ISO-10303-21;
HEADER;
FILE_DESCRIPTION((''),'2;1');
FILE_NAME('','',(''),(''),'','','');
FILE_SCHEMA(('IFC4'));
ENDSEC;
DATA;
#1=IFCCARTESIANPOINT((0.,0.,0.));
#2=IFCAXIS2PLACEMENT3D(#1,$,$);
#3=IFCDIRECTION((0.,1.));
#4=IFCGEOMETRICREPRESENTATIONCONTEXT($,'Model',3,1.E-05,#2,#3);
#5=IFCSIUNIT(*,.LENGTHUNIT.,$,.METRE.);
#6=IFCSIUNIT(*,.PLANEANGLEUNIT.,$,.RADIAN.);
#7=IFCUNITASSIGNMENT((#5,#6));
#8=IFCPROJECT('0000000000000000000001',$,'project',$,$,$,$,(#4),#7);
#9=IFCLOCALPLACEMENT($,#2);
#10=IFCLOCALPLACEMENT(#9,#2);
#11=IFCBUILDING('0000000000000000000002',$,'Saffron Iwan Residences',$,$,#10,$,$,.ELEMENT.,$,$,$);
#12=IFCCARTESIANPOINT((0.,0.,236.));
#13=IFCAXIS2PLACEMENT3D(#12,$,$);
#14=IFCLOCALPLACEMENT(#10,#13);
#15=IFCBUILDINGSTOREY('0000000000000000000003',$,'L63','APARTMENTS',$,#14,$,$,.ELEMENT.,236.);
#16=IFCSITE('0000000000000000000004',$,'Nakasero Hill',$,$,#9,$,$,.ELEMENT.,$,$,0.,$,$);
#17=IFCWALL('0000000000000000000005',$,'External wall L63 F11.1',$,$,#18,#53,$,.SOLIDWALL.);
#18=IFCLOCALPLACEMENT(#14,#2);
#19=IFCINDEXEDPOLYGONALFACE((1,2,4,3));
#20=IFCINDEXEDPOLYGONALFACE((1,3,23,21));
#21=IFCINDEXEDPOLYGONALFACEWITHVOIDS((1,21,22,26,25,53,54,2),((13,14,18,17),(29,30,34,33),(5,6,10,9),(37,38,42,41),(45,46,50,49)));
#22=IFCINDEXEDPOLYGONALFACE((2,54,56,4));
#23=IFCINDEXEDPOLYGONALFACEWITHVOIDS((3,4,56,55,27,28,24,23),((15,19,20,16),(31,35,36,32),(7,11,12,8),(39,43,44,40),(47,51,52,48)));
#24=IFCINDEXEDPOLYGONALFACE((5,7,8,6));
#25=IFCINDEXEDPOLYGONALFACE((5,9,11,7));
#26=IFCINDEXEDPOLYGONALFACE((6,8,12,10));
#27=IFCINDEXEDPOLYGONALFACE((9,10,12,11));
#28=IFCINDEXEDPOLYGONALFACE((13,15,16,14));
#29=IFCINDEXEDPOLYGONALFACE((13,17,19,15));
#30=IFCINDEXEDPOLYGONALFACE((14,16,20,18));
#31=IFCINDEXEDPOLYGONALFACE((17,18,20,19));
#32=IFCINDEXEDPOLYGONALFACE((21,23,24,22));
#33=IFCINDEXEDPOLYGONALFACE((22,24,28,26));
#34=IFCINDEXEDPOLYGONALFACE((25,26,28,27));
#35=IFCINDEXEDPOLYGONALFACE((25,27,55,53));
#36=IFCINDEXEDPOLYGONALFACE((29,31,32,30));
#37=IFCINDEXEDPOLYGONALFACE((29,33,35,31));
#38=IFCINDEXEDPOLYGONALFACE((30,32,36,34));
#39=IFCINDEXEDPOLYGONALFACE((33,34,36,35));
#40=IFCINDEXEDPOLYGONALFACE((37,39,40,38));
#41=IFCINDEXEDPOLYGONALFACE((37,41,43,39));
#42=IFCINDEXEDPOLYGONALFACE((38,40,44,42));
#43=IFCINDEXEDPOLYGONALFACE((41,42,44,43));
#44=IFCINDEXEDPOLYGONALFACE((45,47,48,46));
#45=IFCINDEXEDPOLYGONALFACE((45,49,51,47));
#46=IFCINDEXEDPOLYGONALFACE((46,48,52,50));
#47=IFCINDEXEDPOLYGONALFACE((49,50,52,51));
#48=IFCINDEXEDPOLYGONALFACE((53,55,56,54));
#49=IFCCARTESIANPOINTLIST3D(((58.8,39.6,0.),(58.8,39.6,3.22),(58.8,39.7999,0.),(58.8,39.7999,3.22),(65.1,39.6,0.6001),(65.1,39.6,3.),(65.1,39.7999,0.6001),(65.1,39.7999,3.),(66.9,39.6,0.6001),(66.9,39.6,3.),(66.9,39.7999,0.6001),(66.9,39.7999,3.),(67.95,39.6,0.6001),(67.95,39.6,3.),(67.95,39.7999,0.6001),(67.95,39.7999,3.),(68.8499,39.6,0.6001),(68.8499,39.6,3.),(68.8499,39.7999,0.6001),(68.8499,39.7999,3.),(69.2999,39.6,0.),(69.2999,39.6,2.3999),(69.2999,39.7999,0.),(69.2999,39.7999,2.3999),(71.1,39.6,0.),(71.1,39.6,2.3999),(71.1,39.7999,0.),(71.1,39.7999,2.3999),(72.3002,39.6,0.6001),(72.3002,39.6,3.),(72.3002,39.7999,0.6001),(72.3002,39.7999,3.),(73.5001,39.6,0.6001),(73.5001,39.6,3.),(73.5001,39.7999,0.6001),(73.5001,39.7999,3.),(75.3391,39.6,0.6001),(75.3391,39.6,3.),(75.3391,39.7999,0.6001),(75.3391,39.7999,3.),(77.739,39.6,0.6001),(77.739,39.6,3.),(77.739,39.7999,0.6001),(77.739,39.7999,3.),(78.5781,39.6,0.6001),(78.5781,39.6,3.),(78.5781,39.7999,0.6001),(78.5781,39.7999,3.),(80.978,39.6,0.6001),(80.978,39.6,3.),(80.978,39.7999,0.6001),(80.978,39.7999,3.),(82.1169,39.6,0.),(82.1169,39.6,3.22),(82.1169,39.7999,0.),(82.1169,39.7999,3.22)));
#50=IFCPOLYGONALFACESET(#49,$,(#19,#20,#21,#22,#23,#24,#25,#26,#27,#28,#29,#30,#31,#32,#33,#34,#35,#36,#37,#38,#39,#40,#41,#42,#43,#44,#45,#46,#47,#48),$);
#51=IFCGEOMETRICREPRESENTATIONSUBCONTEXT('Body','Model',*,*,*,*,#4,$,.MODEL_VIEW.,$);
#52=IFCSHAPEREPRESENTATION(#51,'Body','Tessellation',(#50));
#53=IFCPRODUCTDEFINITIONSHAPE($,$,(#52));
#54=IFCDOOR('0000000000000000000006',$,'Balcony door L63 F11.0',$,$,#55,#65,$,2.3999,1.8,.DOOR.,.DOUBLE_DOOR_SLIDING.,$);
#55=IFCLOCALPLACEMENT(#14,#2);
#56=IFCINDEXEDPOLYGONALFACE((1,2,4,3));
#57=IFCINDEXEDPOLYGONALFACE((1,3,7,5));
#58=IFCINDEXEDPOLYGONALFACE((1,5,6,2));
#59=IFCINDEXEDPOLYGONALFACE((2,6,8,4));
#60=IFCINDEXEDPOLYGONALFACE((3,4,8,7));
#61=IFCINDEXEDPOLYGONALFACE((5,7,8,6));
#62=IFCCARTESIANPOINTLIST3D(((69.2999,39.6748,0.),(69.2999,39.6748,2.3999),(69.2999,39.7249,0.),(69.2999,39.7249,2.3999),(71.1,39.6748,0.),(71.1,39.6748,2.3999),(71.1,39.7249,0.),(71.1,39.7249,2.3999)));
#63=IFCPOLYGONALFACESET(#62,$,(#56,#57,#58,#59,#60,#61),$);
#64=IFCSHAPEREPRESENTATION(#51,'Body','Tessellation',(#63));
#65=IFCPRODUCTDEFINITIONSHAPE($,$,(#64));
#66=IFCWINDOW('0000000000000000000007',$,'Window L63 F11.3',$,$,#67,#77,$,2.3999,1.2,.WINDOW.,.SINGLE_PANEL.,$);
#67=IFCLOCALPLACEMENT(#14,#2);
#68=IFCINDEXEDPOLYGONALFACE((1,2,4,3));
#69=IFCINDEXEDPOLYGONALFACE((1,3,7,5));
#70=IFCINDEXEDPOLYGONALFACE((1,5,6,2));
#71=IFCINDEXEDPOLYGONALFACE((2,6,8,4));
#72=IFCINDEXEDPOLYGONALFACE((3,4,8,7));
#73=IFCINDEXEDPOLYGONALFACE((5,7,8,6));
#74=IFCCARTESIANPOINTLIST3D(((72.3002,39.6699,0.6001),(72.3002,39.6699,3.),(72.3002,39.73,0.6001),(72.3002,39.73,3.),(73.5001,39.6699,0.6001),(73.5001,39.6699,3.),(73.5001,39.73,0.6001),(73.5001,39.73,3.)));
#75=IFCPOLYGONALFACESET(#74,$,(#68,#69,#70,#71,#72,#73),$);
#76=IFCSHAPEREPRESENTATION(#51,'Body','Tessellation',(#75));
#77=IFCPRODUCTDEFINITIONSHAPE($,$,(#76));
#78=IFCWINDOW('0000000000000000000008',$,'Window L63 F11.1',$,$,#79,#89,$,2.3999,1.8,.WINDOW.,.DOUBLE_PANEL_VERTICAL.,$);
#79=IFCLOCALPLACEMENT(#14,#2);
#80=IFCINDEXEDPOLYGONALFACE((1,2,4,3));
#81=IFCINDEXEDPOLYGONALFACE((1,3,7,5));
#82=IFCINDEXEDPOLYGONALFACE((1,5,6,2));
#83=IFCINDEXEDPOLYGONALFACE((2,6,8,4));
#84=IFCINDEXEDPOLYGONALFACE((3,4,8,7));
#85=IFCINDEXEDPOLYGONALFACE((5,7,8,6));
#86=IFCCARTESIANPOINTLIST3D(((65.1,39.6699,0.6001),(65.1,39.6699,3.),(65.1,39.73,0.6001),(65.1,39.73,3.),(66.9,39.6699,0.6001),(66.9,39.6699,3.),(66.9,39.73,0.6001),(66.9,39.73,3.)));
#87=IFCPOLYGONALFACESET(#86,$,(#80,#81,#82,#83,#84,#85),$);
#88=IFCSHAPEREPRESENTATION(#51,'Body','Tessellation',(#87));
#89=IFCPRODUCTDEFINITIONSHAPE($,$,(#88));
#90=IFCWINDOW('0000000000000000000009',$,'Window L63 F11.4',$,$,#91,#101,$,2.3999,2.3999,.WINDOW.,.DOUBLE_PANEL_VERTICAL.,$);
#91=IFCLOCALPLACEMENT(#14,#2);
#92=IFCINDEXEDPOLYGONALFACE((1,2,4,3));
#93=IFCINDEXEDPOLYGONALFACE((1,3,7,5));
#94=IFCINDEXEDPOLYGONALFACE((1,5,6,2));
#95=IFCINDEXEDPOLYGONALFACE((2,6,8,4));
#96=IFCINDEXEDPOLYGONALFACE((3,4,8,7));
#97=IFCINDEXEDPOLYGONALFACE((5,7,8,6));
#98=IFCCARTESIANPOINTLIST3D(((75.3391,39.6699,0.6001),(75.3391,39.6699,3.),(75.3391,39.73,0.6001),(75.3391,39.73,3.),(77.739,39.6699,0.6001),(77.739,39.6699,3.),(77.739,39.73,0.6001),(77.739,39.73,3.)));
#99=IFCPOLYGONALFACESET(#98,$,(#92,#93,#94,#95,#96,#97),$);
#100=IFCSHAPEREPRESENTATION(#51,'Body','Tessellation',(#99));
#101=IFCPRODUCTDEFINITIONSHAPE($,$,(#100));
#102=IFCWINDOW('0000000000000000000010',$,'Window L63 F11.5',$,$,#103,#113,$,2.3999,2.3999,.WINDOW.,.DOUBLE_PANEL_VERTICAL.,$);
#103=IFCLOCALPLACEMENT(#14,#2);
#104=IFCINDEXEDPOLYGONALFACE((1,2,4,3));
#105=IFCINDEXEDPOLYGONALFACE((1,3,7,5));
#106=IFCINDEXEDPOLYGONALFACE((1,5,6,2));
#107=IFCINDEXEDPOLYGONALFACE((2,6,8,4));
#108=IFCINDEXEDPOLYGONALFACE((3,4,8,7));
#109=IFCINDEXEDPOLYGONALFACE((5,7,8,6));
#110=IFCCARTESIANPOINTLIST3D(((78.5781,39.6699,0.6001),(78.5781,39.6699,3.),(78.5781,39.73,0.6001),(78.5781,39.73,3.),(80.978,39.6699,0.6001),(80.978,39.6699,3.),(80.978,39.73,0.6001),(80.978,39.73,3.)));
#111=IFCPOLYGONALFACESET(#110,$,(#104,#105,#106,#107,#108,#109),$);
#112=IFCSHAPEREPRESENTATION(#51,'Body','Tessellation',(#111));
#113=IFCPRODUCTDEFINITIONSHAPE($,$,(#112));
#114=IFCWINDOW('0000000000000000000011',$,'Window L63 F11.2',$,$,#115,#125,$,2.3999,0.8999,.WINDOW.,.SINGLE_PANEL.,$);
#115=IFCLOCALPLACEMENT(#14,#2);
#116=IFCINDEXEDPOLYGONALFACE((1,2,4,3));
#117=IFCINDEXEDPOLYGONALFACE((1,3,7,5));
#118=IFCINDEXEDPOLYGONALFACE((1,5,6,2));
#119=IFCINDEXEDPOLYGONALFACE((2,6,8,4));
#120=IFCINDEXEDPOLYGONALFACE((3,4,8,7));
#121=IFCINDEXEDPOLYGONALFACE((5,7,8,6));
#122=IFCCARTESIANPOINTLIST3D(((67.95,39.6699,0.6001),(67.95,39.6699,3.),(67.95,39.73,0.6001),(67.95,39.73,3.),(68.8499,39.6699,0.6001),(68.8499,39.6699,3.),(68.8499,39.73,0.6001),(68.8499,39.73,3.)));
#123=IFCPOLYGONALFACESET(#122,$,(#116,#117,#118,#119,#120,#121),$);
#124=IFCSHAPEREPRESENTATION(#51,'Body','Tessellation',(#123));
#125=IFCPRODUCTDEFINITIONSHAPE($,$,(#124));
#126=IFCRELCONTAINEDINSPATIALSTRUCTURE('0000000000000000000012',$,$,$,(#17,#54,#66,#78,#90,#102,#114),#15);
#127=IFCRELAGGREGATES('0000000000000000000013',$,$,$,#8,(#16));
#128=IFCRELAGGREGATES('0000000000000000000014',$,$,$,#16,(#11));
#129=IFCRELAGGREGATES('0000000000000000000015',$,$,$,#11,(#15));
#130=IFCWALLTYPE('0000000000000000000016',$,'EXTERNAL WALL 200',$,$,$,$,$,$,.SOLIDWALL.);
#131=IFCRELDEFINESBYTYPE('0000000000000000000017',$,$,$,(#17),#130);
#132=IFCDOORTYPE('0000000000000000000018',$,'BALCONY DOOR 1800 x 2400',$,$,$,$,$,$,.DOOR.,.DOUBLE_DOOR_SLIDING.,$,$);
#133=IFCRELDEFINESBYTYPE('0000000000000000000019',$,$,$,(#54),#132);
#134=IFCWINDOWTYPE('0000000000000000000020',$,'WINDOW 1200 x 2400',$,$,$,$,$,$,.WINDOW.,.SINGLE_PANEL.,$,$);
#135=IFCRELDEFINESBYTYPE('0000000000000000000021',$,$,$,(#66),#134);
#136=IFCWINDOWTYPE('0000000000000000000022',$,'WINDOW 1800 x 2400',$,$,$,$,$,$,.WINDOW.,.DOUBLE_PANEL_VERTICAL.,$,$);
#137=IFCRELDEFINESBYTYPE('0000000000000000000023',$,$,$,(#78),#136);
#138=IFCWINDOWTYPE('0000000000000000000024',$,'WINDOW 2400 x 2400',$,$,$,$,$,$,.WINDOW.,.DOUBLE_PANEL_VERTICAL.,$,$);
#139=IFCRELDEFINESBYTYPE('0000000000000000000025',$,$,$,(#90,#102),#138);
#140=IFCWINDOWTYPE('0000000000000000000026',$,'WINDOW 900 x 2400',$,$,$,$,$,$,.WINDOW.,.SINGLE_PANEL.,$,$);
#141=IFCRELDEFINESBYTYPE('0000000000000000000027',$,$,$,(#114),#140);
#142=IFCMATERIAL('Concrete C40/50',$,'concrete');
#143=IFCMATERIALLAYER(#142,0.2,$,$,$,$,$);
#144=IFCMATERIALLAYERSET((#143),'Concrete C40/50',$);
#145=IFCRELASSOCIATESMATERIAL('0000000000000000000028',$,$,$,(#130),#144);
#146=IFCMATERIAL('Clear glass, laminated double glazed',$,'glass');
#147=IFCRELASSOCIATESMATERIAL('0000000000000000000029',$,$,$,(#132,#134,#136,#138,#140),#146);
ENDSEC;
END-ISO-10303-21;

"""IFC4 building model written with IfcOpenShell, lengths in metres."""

from ifc_helpers import new_model, si_unit, direction, frame, frame_2d, origin, place, context, subcontext, project, spatial, rectangle, extrude, material, layer, layer_set, type_object, element, fill, save


model = new_model("IFC4")

# Units and contexts
model_context = context("Model", 3, precision=1e-05, world=origin(), true_north=direction((0.0, 1.0)))
body_context = subcontext(model_context, "Body", "Model", "MODEL_VIEW")
ifc_project = project(units=[si_unit("LENGTHUNIT", "METRE"), si_unit("PLANEANGLEUNIT", "RADIAN")], contexts=[model_context])

# Site, building, storey
site_placement = place(None, origin())
site = spatial("IfcSite", under=ifc_project, at=site_placement, Name="Nakasero Hill", CompositionType="ELEMENT", RefElevation=0.0)
building_placement = place(site_placement, origin())
building = spatial("IfcBuilding", under=site, at=building_placement, Name="Saffron Iwan Residences", CompositionType="ELEMENT")
storey_placement = place(building_placement, frame((0.0, 0.0, 236.0)))
storey = spatial("IfcBuildingStorey", under=building, at=storey_placement, Name="L63", Description="APARTMENTS", CompositionType="ELEMENT", Elevation=236.0)

# Shared definitions
ifc_material_1 = material(Name="Concrete C40/50", Category="concrete")

# Wall, openings, door, windows
ifc_layer_1 = layer(ifc_material_1, 0.2)
ifc_layer_set_1 = layer_set([ifc_layer_1], Name="Concrete C40/50")
wall_type_1 = type_object("IfcWallType", Name="EXTERNAL WALL 200", PredefinedType="SOLIDWALL", material=ifc_layer_set_1)
wall_1_placement = place(storey_placement, frame((58.8, 39.7, 0.0), z_axis=(0.0, 0.0, 1.0), x_axis=(1.0, 0.0, 0.0)))
wall_1 = element("IfcWall", 1, at=wall_1_placement, inside=storey, type_object=wall_type_1, Name="External wall L63 F11.1", PredefinedType="SOLIDWALL", context=body_context, shape_type="SweptSolid", body=[
    extrude(rectangle(XDim=23.3169, YDim=0.2, at=frame_2d((11.6584, 0.0))), origin(), (0.0, 0.0, 1.0), 3.22),
])
opening_1_placement = place(wall_1_placement, frame((10.5, 0.0, 0.0)))
opening_1 = element("IfcOpeningElement", 2, at=opening_1_placement, cuts=wall_1, PredefinedType="OPENING", context=body_context, shape_type="SweptSolid", body=[
    extrude(rectangle(XDim=1.8, YDim=2.3999, at=frame_2d((0.8999, 1.2))), frame((0.0, 0.1099, 0.0), z_axis=(0.0, -1.0, 0.0), x_axis=(1.0, 0.0, 0.0)), (0.0, 0.0, 1.0), 0.22),
])
opening_2_placement = place(wall_1_placement, frame((6.3, 0.0, 0.6001)))
opening_2 = element("IfcOpeningElement", 3, at=opening_2_placement, cuts=wall_1, PredefinedType="OPENING", context=body_context, shape_type="SweptSolid", body=[
    extrude(rectangle(XDim=1.8, YDim=2.3999, at=frame_2d((0.8999, 1.2))), frame((0.0, 0.1099, 0.0), z_axis=(0.0, -1.0, 0.0), x_axis=(1.0, 0.0, 0.0)), (0.0, 0.0, 1.0), 0.22),
])
opening_3_placement = place(wall_1_placement, frame((9.1499, 0.0, 0.6001)))
opening_3 = element("IfcOpeningElement", 4, at=opening_3_placement, cuts=wall_1, PredefinedType="OPENING", context=body_context, shape_type="SweptSolid", body=[
    extrude(rectangle(XDim=0.8999, YDim=2.3999, at=frame_2d((0.45, 1.2))), frame((0.0, 0.1099, 0.0), z_axis=(0.0, -1.0, 0.0), x_axis=(1.0, 0.0, 0.0)), (0.0, 0.0, 1.0), 0.22),
])
opening_4_placement = place(wall_1_placement, frame((13.5, 0.0, 0.6001)))
opening_4 = element("IfcOpeningElement", 5, at=opening_4_placement, cuts=wall_1, PredefinedType="OPENING", context=body_context, shape_type="SweptSolid", body=[
    extrude(rectangle(XDim=1.2, YDim=2.3999, at=frame_2d((0.6001, 1.2))), frame((0.0, 0.1099, 0.0), z_axis=(0.0, -1.0, 0.0), x_axis=(1.0, 0.0, 0.0)), (0.0, 0.0, 1.0), 0.22),
])
opening_5_placement = place(wall_1_placement, frame((16.5391, 0.0, 0.6001)))
opening_5 = element("IfcOpeningElement", 6, at=opening_5_placement, cuts=wall_1, PredefinedType="OPENING", context=body_context, shape_type="SweptSolid", body=[
    extrude(rectangle(XDim=2.3999, YDim=2.3999, at=frame_2d((1.2, 1.2))), frame((0.0, 0.1099, 0.0), z_axis=(0.0, -1.0, 0.0), x_axis=(1.0, 0.0, 0.0)), (0.0, 0.0, 1.0), 0.22),
])
opening_6_placement = place(wall_1_placement, frame((19.7781, 0.0, 0.6001)))
opening_6 = element("IfcOpeningElement", 7, at=opening_6_placement, cuts=wall_1, PredefinedType="OPENING", context=body_context, shape_type="SweptSolid", body=[
    extrude(rectangle(XDim=2.3999, YDim=2.3999, at=frame_2d((1.2, 1.2))), frame((0.0, 0.1099, 0.0), z_axis=(0.0, -1.0, 0.0), x_axis=(1.0, 0.0, 0.0)), (0.0, 0.0, 1.0), 0.22),
])
ifc_material_2 = material(Name="Clear glass, laminated double glazed", Category="glass")
door_type_1 = type_object("IfcDoorType", Name="BALCONY DOOR 1800 x 2400", OperationType="DOUBLE_DOOR_SLIDING", PredefinedType="DOOR", material=ifc_material_2)
door_1_placement = place(opening_1_placement, origin())
door_1 = element("IfcDoor", 8, at=door_1_placement, inside=storey, type_object=door_type_1, Name="Balcony door L63 F11.0", OperationType="DOUBLE_DOOR_SLIDING", OverallHeight=2.3999, OverallWidth=1.8, PredefinedType="DOOR", context=body_context, shape_type="SweptSolid", body=[
    extrude(rectangle(XDim=1.8, YDim=2.3999, at=frame_2d((0.8999, 1.2))), frame((0.0, 0.0249, 0.0), z_axis=(0.0, -1.0, 0.0), x_axis=(1.0, 0.0, 0.0)), (0.0, 0.0, 1.0), 0.05),
])
fill(opening_1, door_1)
window_type_1 = type_object("IfcWindowType", Name="WINDOW 1200 x 2400", PartitioningType="SINGLE_PANEL", PredefinedType="WINDOW", material=ifc_material_2)
window_1_placement = place(opening_4_placement, origin())
window_1 = element("IfcWindow", 9, at=window_1_placement, inside=storey, type_object=window_type_1, Name="Window L63 F11.3", OverallHeight=2.3999, OverallWidth=1.2, PartitioningType="SINGLE_PANEL", PredefinedType="WINDOW", context=body_context, shape_type="SweptSolid", body=[
    extrude(rectangle(XDim=1.2, YDim=2.3999, at=frame_2d((0.6001, 1.2))), frame((0.0, 0.03, 0.0), z_axis=(0.0, -1.0, 0.0), x_axis=(1.0, 0.0, 0.0)), (0.0, 0.0, 1.0), 0.0601),
])
fill(opening_4, window_1)
window_type_2 = type_object("IfcWindowType", Name="WINDOW 1800 x 2400", PartitioningType="DOUBLE_PANEL_VERTICAL", PredefinedType="WINDOW", material=ifc_material_2)
window_2_placement = place(opening_2_placement, origin())
window_2 = element("IfcWindow", 10, at=window_2_placement, inside=storey, type_object=window_type_2, Name="Window L63 F11.1", OverallHeight=2.3999, OverallWidth=1.8, PartitioningType="DOUBLE_PANEL_VERTICAL", PredefinedType="WINDOW", context=body_context, shape_type="SweptSolid", body=[
    extrude(rectangle(XDim=1.8, YDim=2.3999, at=frame_2d((0.8999, 1.2))), frame((0.0, 0.03, 0.0), z_axis=(0.0, -1.0, 0.0), x_axis=(1.0, 0.0, 0.0)), (0.0, 0.0, 1.0), 0.0601),
])
fill(opening_2, window_2)
window_type_3 = type_object("IfcWindowType", Name="WINDOW 2400 x 2400", PartitioningType="DOUBLE_PANEL_VERTICAL", PredefinedType="WINDOW", material=ifc_material_2)
window_3_placement = place(opening_5_placement, origin())
window_3 = element("IfcWindow", 11, at=window_3_placement, inside=storey, type_object=window_type_3, Name="Window L63 F11.4", OverallHeight=2.3999, OverallWidth=2.3999, PartitioningType="DOUBLE_PANEL_VERTICAL", PredefinedType="WINDOW", context=body_context, shape_type="SweptSolid", body=[
    extrude(rectangle(XDim=2.3999, YDim=2.3999, at=frame_2d((1.2, 1.2))), frame((0.0, 0.03, 0.0), z_axis=(0.0, -1.0, 0.0), x_axis=(1.0, 0.0, 0.0)), (0.0, 0.0, 1.0), 0.0601),
])
fill(opening_5, window_3)
window_4_placement = place(opening_6_placement, origin())
window_4 = element("IfcWindow", 12, at=window_4_placement, inside=storey, type_object=window_type_3, Name="Window L63 F11.5", OverallHeight=2.3999, OverallWidth=2.3999, PartitioningType="DOUBLE_PANEL_VERTICAL", PredefinedType="WINDOW", context=body_context, shape_type="SweptSolid", body=[
    extrude(rectangle(XDim=2.3999, YDim=2.3999, at=frame_2d((1.2, 1.2))), frame((0.0, 0.03, 0.0), z_axis=(0.0, -1.0, 0.0), x_axis=(1.0, 0.0, 0.0)), (0.0, 0.0, 1.0), 0.0601),
])
fill(opening_6, window_4)
window_type_4 = type_object("IfcWindowType", Name="WINDOW 900 x 2400", PartitioningType="SINGLE_PANEL", PredefinedType="WINDOW", material=ifc_material_2)
window_5_placement = place(opening_3_placement, origin())
window_5 = element("IfcWindow", 13, at=window_5_placement, inside=storey, type_object=window_type_4, Name="Window L63 F11.2", OverallHeight=2.3999, OverallWidth=0.8999, PartitioningType="SINGLE_PANEL", PredefinedType="WINDOW", context=body_context, shape_type="SweptSolid", body=[
    extrude(rectangle(XDim=0.8999, YDim=2.3999, at=frame_2d((0.45, 1.2))), frame((0.0, 0.03, 0.0), z_axis=(0.0, -1.0, 0.0), x_axis=(1.0, 0.0, 0.0)), (0.0, 0.0, 1.0), 0.0601),
])
fill(opening_3, window_5)

save(model, "model.ifc")
